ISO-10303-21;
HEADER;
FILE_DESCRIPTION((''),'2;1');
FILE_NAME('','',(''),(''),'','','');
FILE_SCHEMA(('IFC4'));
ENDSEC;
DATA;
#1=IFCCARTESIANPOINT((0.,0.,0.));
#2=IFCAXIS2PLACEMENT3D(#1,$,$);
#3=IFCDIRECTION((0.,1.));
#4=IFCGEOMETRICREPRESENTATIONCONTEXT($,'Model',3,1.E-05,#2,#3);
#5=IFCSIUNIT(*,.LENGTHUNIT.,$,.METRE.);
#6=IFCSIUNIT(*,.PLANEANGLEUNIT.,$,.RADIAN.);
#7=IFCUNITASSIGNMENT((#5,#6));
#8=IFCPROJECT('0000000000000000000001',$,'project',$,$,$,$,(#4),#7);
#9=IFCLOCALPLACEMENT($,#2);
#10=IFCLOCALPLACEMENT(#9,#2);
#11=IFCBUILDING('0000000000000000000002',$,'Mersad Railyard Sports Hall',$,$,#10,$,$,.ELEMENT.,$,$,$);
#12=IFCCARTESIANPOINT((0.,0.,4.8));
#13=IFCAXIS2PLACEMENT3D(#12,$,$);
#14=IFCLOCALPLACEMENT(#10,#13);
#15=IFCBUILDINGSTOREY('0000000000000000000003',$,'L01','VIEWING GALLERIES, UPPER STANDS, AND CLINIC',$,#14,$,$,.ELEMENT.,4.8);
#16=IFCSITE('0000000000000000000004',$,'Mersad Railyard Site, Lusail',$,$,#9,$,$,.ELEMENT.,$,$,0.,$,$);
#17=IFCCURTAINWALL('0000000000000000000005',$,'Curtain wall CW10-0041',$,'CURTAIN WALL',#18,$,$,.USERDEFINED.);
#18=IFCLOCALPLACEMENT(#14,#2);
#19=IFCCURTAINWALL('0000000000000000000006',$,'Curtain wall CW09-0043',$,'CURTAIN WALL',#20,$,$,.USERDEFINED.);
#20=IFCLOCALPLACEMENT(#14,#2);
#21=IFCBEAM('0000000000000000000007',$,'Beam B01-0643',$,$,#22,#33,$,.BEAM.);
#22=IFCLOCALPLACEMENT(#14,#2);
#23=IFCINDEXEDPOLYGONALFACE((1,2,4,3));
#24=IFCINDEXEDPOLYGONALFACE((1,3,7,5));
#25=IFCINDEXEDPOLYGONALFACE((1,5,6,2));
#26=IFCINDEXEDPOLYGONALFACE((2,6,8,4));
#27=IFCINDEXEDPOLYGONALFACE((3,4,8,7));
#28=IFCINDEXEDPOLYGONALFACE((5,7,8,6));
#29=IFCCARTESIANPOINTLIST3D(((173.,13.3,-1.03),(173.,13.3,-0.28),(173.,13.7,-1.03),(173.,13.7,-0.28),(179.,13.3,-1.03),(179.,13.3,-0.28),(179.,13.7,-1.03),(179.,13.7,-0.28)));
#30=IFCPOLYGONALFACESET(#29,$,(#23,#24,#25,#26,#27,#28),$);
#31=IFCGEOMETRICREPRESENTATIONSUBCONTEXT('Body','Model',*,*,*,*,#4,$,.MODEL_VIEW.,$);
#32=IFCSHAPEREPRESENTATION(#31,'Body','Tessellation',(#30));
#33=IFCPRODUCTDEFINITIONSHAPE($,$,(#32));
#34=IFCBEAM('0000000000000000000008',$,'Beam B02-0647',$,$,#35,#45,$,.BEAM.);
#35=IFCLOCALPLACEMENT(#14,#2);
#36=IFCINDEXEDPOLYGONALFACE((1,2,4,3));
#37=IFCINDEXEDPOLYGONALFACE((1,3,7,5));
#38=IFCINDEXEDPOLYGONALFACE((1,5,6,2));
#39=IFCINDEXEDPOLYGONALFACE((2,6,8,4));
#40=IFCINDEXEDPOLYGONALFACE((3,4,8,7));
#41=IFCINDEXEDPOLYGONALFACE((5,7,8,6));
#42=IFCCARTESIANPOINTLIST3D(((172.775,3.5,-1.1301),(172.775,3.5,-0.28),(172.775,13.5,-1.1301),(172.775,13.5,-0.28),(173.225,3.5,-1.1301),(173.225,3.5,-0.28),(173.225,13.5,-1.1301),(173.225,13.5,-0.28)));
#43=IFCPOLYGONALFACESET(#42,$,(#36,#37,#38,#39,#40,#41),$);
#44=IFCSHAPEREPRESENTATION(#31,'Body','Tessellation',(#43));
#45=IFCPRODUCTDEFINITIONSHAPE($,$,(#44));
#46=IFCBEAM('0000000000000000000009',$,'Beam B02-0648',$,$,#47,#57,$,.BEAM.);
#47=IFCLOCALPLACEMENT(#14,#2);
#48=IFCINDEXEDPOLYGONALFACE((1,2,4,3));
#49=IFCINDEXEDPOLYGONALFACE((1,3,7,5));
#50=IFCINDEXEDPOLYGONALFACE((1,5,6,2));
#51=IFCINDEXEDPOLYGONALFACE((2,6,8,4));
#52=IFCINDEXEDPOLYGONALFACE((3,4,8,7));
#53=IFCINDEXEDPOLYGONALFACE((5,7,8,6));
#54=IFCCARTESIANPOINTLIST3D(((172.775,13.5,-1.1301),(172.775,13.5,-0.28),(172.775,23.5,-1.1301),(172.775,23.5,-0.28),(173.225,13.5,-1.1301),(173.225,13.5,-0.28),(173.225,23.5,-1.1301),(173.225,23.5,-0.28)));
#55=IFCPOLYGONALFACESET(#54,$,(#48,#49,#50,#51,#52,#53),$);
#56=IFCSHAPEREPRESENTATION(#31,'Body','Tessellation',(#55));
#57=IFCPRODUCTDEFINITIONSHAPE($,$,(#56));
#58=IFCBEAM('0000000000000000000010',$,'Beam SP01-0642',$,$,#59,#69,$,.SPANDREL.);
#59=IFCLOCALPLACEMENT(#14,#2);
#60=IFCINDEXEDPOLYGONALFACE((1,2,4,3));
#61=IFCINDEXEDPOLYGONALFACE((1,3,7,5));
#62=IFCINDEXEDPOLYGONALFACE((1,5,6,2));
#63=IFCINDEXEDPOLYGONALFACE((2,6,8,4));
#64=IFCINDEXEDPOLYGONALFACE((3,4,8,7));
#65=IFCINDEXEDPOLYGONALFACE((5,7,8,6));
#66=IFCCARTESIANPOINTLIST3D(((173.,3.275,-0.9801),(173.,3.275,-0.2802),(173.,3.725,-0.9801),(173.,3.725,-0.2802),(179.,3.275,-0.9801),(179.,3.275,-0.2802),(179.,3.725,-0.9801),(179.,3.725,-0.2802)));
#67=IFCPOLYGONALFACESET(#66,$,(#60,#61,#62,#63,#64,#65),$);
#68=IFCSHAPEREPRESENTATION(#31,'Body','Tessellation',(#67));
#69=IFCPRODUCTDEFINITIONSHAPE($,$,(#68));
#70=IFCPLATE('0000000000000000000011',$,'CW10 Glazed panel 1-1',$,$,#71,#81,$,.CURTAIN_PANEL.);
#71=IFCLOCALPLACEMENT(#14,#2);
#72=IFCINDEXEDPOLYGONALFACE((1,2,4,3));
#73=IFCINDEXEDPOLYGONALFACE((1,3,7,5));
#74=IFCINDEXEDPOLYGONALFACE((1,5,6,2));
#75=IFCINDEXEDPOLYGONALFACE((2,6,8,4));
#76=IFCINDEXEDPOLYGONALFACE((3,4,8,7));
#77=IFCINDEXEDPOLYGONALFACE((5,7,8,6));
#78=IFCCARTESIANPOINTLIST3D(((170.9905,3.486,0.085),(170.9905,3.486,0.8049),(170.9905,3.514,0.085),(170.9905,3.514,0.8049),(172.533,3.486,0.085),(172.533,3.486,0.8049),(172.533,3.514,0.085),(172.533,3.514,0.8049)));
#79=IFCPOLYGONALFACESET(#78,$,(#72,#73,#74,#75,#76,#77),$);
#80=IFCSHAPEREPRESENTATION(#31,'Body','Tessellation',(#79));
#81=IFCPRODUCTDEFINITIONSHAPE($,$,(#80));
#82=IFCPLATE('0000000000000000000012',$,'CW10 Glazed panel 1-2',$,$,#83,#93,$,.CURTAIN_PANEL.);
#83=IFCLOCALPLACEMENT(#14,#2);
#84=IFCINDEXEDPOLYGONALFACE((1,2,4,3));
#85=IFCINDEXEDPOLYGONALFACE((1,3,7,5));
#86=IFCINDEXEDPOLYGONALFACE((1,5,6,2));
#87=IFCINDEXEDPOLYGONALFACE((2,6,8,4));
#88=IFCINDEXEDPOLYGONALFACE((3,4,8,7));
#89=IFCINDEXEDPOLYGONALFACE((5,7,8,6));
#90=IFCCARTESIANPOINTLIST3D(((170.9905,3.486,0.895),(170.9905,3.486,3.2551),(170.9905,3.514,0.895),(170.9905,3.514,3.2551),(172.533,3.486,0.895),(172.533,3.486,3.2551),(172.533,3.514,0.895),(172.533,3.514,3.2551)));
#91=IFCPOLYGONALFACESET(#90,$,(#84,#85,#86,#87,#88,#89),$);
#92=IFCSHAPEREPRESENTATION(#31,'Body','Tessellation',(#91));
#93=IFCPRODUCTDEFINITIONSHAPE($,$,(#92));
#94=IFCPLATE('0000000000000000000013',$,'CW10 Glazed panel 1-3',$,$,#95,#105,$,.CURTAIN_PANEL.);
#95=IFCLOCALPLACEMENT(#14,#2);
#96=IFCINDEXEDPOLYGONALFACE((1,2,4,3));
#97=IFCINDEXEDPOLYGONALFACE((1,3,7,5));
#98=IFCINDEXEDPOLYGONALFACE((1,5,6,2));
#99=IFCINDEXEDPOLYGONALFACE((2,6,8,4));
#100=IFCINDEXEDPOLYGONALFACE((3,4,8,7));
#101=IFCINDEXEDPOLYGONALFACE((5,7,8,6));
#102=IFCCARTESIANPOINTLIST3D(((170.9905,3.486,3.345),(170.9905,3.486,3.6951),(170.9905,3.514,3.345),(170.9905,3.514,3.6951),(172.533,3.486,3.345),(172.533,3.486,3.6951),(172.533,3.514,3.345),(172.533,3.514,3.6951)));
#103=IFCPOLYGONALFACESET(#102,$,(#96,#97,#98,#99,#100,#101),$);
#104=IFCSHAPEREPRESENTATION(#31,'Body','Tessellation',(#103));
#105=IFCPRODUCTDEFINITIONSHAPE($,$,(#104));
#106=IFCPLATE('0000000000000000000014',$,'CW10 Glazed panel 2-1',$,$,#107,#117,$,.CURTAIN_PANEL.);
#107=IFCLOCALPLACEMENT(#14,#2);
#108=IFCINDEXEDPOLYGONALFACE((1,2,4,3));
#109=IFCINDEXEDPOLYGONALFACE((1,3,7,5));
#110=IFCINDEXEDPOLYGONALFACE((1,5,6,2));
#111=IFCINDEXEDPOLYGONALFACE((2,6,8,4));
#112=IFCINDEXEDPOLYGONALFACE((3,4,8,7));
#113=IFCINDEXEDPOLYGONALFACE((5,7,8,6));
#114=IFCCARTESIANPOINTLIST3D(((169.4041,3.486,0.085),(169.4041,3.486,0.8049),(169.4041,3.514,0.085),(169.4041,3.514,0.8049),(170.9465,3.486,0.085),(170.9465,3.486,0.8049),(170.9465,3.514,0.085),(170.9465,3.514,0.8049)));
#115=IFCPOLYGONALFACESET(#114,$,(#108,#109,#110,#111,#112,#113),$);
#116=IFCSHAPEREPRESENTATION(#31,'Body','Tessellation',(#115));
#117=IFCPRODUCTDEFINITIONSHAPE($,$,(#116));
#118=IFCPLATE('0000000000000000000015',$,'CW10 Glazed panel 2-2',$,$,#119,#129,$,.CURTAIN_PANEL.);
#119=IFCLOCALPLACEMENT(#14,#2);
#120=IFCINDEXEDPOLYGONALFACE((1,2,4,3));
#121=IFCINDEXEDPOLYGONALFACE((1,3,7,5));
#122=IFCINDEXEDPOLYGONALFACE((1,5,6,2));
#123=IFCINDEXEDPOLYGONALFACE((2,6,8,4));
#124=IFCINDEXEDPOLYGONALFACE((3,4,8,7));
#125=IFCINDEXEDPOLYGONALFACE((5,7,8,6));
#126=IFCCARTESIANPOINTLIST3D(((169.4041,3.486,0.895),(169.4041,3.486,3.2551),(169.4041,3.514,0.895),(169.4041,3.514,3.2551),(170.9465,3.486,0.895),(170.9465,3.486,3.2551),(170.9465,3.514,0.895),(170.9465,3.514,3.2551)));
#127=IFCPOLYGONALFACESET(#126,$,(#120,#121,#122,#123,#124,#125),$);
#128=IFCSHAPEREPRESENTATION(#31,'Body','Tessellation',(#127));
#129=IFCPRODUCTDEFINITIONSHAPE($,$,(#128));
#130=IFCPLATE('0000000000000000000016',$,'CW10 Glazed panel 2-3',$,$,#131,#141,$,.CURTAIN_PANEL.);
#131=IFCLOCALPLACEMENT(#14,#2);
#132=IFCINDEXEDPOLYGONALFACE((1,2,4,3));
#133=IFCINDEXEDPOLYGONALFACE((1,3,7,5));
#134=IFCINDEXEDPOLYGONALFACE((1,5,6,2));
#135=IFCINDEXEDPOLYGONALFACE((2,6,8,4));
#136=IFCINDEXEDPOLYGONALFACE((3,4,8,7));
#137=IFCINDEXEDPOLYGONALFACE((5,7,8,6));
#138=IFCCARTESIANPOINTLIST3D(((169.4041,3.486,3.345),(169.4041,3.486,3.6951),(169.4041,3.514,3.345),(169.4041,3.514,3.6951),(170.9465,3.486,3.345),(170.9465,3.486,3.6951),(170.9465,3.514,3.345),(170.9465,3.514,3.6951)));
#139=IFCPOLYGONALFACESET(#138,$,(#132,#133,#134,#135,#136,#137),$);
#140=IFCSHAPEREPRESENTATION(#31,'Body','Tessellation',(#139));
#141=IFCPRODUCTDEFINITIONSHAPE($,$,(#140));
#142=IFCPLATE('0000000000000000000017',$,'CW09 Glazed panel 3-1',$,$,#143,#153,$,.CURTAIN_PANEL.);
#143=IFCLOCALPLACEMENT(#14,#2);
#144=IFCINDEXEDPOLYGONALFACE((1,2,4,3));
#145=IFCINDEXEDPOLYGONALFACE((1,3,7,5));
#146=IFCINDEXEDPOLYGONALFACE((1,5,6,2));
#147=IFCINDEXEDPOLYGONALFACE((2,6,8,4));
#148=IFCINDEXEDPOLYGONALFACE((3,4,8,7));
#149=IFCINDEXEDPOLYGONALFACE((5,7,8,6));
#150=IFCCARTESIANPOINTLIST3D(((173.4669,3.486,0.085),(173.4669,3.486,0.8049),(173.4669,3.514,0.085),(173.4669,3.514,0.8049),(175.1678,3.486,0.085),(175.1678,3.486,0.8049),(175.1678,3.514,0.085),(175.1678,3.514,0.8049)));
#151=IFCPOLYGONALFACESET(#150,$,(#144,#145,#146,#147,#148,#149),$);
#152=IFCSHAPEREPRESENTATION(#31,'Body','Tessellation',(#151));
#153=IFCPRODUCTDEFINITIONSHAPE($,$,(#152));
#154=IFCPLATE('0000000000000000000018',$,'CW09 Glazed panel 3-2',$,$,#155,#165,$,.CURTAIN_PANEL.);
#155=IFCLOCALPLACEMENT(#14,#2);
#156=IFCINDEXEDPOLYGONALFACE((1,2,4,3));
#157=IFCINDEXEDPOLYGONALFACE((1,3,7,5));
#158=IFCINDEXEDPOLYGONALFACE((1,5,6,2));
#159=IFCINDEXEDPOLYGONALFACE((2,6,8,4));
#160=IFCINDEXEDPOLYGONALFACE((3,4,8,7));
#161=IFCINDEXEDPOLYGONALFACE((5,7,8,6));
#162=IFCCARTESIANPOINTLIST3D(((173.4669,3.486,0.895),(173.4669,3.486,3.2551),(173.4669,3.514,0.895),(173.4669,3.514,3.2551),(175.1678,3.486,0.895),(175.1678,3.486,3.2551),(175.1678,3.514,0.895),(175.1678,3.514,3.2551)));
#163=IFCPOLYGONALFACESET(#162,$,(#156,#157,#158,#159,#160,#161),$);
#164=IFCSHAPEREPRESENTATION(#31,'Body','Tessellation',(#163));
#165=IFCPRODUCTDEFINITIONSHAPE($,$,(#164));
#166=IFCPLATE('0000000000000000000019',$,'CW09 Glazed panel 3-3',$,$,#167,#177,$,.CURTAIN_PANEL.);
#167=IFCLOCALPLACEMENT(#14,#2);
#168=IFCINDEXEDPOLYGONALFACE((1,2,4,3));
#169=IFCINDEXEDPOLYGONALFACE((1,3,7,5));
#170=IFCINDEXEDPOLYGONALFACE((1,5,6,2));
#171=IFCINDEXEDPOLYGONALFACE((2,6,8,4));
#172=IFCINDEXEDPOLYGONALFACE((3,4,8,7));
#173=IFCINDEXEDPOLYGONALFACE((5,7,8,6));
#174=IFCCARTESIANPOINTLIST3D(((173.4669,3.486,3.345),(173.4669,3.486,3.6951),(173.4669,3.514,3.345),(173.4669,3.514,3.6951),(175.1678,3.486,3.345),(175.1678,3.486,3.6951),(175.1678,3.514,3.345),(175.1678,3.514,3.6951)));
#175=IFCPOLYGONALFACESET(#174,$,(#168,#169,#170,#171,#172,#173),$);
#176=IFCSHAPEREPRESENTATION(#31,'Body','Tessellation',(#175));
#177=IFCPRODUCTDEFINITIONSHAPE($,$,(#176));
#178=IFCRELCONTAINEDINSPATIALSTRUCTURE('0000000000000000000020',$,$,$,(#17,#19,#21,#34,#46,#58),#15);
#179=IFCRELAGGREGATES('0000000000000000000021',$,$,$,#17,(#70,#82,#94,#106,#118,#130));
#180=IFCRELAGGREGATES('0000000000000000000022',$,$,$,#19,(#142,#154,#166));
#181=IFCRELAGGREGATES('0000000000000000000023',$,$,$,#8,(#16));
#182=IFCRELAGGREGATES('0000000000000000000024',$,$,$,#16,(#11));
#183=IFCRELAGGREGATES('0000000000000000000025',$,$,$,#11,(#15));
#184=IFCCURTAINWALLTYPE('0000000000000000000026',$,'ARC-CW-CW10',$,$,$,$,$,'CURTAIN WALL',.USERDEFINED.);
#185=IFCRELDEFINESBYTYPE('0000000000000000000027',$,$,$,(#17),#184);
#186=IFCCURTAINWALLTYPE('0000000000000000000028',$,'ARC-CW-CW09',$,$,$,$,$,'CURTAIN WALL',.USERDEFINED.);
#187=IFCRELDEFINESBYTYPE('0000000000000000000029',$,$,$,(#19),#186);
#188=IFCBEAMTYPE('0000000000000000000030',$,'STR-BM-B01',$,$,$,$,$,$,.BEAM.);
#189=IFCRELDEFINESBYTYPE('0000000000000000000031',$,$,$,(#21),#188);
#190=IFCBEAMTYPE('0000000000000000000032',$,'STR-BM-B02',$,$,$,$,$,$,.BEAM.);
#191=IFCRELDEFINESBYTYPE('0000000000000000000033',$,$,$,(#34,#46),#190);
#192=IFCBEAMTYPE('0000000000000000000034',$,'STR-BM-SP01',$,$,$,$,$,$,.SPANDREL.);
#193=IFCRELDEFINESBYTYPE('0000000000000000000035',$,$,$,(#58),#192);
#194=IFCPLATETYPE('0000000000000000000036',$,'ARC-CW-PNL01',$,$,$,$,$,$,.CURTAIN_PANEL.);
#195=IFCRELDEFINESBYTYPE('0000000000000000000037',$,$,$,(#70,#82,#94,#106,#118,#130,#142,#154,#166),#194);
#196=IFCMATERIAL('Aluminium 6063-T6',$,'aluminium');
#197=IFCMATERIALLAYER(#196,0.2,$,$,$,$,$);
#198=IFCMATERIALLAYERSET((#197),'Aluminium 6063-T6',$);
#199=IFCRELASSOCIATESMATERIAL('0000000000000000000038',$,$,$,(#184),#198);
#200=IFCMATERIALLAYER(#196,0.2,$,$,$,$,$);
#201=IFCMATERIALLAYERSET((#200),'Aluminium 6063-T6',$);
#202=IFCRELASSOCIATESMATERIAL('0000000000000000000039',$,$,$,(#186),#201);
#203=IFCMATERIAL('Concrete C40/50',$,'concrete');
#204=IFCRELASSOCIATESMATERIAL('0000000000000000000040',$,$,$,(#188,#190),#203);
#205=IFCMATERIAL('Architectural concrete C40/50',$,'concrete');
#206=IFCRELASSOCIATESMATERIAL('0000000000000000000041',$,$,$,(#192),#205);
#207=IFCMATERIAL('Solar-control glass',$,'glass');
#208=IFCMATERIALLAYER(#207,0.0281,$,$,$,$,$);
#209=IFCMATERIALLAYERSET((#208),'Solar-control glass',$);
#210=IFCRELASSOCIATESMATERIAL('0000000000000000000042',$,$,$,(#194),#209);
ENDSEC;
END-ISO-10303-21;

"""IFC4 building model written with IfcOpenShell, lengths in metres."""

from ifc_helpers import new_model, si_unit, direction, frame, origin, origin_2d, place, context, subcontext, project, spatial, rectangle, extrude, material, layer, layer_set, material_profile, profile_set, type_object, element, aggregate, save


model = new_model("IFC4")

# Units and contexts
model_context = context("Model", 3, precision=1e-05, world=origin(), true_north=direction((0.0, 1.0)))
body_context = subcontext(model_context, "Body", "Model", "MODEL_VIEW")
ifc_project = project(units=[si_unit("LENGTHUNIT", "METRE"), si_unit("PLANEANGLEUNIT", "RADIAN")], contexts=[model_context])

# Site, building, storey
site_placement = place(None, origin())
site = spatial("IfcSite", under=ifc_project, at=site_placement, Name="Mersad Railyard Site, Lusail", CompositionType="ELEMENT", RefElevation=0.0)
building_placement = place(site_placement, origin())
building = spatial("IfcBuilding", under=site, at=building_placement, Name="Mersad Railyard Sports Hall", CompositionType="ELEMENT")
storey_placement = place(building_placement, frame((0.0, 0.0, 4.8)))
storey = spatial("IfcBuildingStorey", under=building, at=storey_placement, Name="L01", Description="VIEWING GALLERIES, UPPER STANDS, AND CLINIC", CompositionType="ELEMENT", Elevation=4.8)

# Curtain wall
ifc_material_1 = material(Name="Aluminium 6063-T6", Category="aluminium")
ifc_layer_1 = layer(ifc_material_1, 0.2)
ifc_layer_set_1 = layer_set([ifc_layer_1], Name="Aluminium 6063-T6")
curtain_wall_type_1 = type_object("IfcCurtainWallType", Name="ARC-CW-CW10", ElementType="CURTAIN WALL", PredefinedType="USERDEFINED", material=ifc_layer_set_1)
curtain_wall_1_placement = place(storey_placement, origin())
curtain_wall_1 = element("IfcCurtainWall", 1, at=curtain_wall_1_placement, inside=storey, type_object=curtain_wall_type_1, Name="Curtain wall CW10-0041", ObjectType="CURTAIN WALL", PredefinedType="USERDEFINED")

# Curtain wall
ifc_layer_2 = layer(ifc_material_1, 0.2)
ifc_layer_set_2 = layer_set([ifc_layer_2], Name="Aluminium 6063-T6")
curtain_wall_type_2 = type_object("IfcCurtainWallType", Name="ARC-CW-CW09", ElementType="CURTAIN WALL", PredefinedType="USERDEFINED", material=ifc_layer_set_2)
curtain_wall_2_placement = place(storey_placement, origin())
curtain_wall_2 = element("IfcCurtainWall", 2, at=curtain_wall_2_placement, inside=storey, type_object=curtain_wall_type_2, Name="Curtain wall CW09-0043", ObjectType="CURTAIN WALL", PredefinedType="USERDEFINED")

# Beams
ifc_material_2 = material(Name="Concrete C40/50", Category="concrete")
ifc_material_profile_1 = material_profile(ifc_material_2, rectangle(XDim=0.3999, YDim=0.75, at=origin_2d()), Name="RC 400x750")
ifc_profile_set_1 = profile_set([ifc_material_profile_1], Name="Concrete C40/50")
beam_type_1 = type_object("IfcBeamType", Name="STR-BM-B01", PredefinedType="BEAM", material=ifc_profile_set_1)
beam_1_placement = place(storey_placement, frame((173.0, 13.5, -0.655), z_axis=(1.0, 0.0, 0.0), x_axis=(0.0, 1.0, 0.0)))
element("IfcBeam", 3, at=beam_1_placement, inside=storey, type_object=beam_type_1, Name="Beam B01-0643", PredefinedType="BEAM", context=body_context, shape_type="SweptSolid", body=[
    extrude(rectangle(XDim=0.3999, YDim=0.75, at=origin_2d()), origin(), (0.0, 0.0, 1.0), 6.0),
])
ifc_material_profile_2 = material_profile(ifc_material_2, rectangle(XDim=0.45, YDim=0.8501, at=origin_2d()), Name="RC 450x850")
ifc_profile_set_2 = profile_set([ifc_material_profile_2], Name="Concrete C40/50")
beam_type_2 = type_object("IfcBeamType", Name="STR-BM-B02", PredefinedType="BEAM", material=ifc_profile_set_2)
for number, where, z_axis, x_axis, name in (
    (4, (173.0, 3.5, -0.7051), (0.0, 1.0, 0.0), (-1.0, 0.0, 0.0), "Beam B02-0647"),
    (5, (173.0, 13.5, -0.7051), (0.0, 1.0, 0.0), (-1.0, 0.0, 0.0), "Beam B02-0648"),
):
    element("IfcBeam", number, at=place(storey_placement, frame(where, z_axis=z_axis, x_axis=x_axis)), inside=storey, type_object=beam_type_2, Name=name, PredefinedType="BEAM", context=body_context, shape_type="SweptSolid", body=[
        extrude(rectangle(XDim=0.45, YDim=0.8501, at=origin_2d()), origin(), (0.0, 0.0, 1.0), 10.0),
    ])
ifc_material_3 = material(Name="Architectural concrete C40/50", Category="concrete")
ifc_material_profile_3 = material_profile(ifc_material_3, rectangle(XDim=0.45, YDim=0.7, at=origin_2d()), Name="RC 450x700")
ifc_profile_set_3 = profile_set([ifc_material_profile_3], Name="Architectural concrete C40/50")
beam_type_3 = type_object("IfcBeamType", Name="STR-BM-SP01", PredefinedType="SPANDREL", material=ifc_profile_set_3)
beam_2_placement = place(storey_placement, frame((173.0, 3.5, -0.6301), z_axis=(1.0, 0.0, 0.0), x_axis=(0.0, 1.0, 0.0)))
element("IfcBeam", 6, at=beam_2_placement, inside=storey, type_object=beam_type_3, Name="Beam SP01-0642", PredefinedType="SPANDREL", context=body_context, shape_type="SweptSolid", body=[
    extrude(rectangle(XDim=0.45, YDim=0.7, at=origin_2d()), origin(), (0.0, 0.0, 1.0), 6.0),
])

# Plates
ifc_material_4 = material(Name="Solar-control glass", Category="glass")
ifc_layer_3 = layer(ifc_material_4, 0.0281)
ifc_layer_set_3 = layer_set([ifc_layer_3], Name="Solar-control glass")
plate_type = type_object("IfcPlateType", Name="ARC-CW-PNL01", PredefinedType="CURTAIN_PANEL", material=ifc_layer_set_3)
plate_1_placement = place(storey_placement, frame((171.7617, 3.5, 0.085), z_axis=(0.0, 0.0, 1.0), x_axis=(-1.0, 0.0, 0.0)))
plate_1 = element("IfcPlate", 7, at=plate_1_placement, type_object=plate_type, Name="CW10 Glazed panel 1-1", PredefinedType="CURTAIN_PANEL", context=body_context, shape_type="SweptSolid", body=[
    extrude(rectangle(XDim=1.5425, YDim=0.0281, at=origin_2d()), origin(), (0.0, 0.0, 1.0), 0.72),
])
plate_2_placement = place(storey_placement, frame((171.7617, 3.5, 0.895), z_axis=(0.0, 0.0, 1.0), x_axis=(-1.0, 0.0, 0.0)))
plate_2 = element("IfcPlate", 8, at=plate_2_placement, type_object=plate_type, Name="CW10 Glazed panel 1-2", PredefinedType="CURTAIN_PANEL", context=body_context, shape_type="SweptSolid", body=[
    extrude(rectangle(XDim=1.5425, YDim=0.0281, at=origin_2d()), origin(), (0.0, 0.0, 1.0), 2.3601),
])
plate_3_placement = place(storey_placement, frame((171.7617, 3.5, 3.345), z_axis=(0.0, 0.0, 1.0), x_axis=(-1.0, 0.0, 0.0)))
plate_3 = element("IfcPlate", 9, at=plate_3_placement, type_object=plate_type, Name="CW10 Glazed panel 1-3", PredefinedType="CURTAIN_PANEL", context=body_context, shape_type="SweptSolid", body=[
    extrude(rectangle(XDim=1.5425, YDim=0.0281, at=origin_2d()), origin(), (0.0, 0.0, 1.0), 0.3501),
])
plate_4_placement = place(storey_placement, frame((170.1753, 3.5, 0.085), z_axis=(0.0, 0.0, 1.0), x_axis=(-1.0, 0.0, 0.0)))
plate_4 = element("IfcPlate", 10, at=plate_4_placement, type_object=plate_type, Name="CW10 Glazed panel 2-1", PredefinedType="CURTAIN_PANEL", context=body_context, shape_type="SweptSolid", body=[
    extrude(rectangle(XDim=1.5425, YDim=0.0281, at=origin_2d()), origin(), (0.0, 0.0, 1.0), 0.72),
])
plate_5_placement = place(storey_placement, frame((170.1753, 3.5, 0.895), z_axis=(0.0, 0.0, 1.0), x_axis=(-1.0, 0.0, 0.0)))
plate_5 = element("IfcPlate", 11, at=plate_5_placement, type_object=plate_type, Name="CW10 Glazed panel 2-2", PredefinedType="CURTAIN_PANEL", context=body_context, shape_type="SweptSolid", body=[
    extrude(rectangle(XDim=1.5425, YDim=0.0281, at=origin_2d()), origin(), (0.0, 0.0, 1.0), 2.3601),
])
plate_6_placement = place(storey_placement, frame((170.1753, 3.5, 3.345), z_axis=(0.0, 0.0, 1.0), x_axis=(-1.0, 0.0, 0.0)))
plate_6 = element("IfcPlate", 12, at=plate_6_placement, type_object=plate_type, Name="CW10 Glazed panel 2-3", PredefinedType="CURTAIN_PANEL", context=body_context, shape_type="SweptSolid", body=[
    extrude(rectangle(XDim=1.5425, YDim=0.0281, at=origin_2d()), origin(), (0.0, 0.0, 1.0), 0.3501),
])
aggregate(curtain_wall_1, [plate_1, plate_2, plate_3, plate_4, plate_5, plate_6])
plate_7_placement = place(storey_placement, frame((174.3174, 3.5, 0.085), z_axis=(0.0, 0.0, 1.0), x_axis=(-1.0, 0.0, 0.0)))
plate_7 = element("IfcPlate", 13, at=plate_7_placement, type_object=plate_type, Name="CW09 Glazed panel 3-1", PredefinedType="CURTAIN_PANEL", context=body_context, shape_type="SweptSolid", body=[
    extrude(rectangle(XDim=1.7009, YDim=0.0281, at=origin_2d()), origin(), (0.0, 0.0, 1.0), 0.72),
])
plate_8_placement = place(storey_placement, frame((174.3174, 3.5, 0.895), z_axis=(0.0, 0.0, 1.0), x_axis=(-1.0, 0.0, 0.0)))
plate_8 = element("IfcPlate", 14, at=plate_8_placement, type_object=plate_type, Name="CW09 Glazed panel 3-2", PredefinedType="CURTAIN_PANEL", context=body_context, shape_type="SweptSolid", body=[
    extrude(rectangle(XDim=1.7009, YDim=0.0281, at=origin_2d()), origin(), (0.0, 0.0, 1.0), 2.3601),
])
plate_9_placement = place(storey_placement, frame((174.3174, 3.5, 3.345), z_axis=(0.0, 0.0, 1.0), x_axis=(-1.0, 0.0, 0.0)))
plate_9 = element("IfcPlate", 15, at=plate_9_placement, type_object=plate_type, Name="CW09 Glazed panel 3-3", PredefinedType="CURTAIN_PANEL", context=body_context, shape_type="SweptSolid", body=[
    extrude(rectangle(XDim=1.7009, YDim=0.0281, at=origin_2d()), origin(), (0.0, 0.0, 1.0), 0.3501),
])
aggregate(curtain_wall_2, [plate_7, plate_8, plate_9])

save(model, "model.ifc")
